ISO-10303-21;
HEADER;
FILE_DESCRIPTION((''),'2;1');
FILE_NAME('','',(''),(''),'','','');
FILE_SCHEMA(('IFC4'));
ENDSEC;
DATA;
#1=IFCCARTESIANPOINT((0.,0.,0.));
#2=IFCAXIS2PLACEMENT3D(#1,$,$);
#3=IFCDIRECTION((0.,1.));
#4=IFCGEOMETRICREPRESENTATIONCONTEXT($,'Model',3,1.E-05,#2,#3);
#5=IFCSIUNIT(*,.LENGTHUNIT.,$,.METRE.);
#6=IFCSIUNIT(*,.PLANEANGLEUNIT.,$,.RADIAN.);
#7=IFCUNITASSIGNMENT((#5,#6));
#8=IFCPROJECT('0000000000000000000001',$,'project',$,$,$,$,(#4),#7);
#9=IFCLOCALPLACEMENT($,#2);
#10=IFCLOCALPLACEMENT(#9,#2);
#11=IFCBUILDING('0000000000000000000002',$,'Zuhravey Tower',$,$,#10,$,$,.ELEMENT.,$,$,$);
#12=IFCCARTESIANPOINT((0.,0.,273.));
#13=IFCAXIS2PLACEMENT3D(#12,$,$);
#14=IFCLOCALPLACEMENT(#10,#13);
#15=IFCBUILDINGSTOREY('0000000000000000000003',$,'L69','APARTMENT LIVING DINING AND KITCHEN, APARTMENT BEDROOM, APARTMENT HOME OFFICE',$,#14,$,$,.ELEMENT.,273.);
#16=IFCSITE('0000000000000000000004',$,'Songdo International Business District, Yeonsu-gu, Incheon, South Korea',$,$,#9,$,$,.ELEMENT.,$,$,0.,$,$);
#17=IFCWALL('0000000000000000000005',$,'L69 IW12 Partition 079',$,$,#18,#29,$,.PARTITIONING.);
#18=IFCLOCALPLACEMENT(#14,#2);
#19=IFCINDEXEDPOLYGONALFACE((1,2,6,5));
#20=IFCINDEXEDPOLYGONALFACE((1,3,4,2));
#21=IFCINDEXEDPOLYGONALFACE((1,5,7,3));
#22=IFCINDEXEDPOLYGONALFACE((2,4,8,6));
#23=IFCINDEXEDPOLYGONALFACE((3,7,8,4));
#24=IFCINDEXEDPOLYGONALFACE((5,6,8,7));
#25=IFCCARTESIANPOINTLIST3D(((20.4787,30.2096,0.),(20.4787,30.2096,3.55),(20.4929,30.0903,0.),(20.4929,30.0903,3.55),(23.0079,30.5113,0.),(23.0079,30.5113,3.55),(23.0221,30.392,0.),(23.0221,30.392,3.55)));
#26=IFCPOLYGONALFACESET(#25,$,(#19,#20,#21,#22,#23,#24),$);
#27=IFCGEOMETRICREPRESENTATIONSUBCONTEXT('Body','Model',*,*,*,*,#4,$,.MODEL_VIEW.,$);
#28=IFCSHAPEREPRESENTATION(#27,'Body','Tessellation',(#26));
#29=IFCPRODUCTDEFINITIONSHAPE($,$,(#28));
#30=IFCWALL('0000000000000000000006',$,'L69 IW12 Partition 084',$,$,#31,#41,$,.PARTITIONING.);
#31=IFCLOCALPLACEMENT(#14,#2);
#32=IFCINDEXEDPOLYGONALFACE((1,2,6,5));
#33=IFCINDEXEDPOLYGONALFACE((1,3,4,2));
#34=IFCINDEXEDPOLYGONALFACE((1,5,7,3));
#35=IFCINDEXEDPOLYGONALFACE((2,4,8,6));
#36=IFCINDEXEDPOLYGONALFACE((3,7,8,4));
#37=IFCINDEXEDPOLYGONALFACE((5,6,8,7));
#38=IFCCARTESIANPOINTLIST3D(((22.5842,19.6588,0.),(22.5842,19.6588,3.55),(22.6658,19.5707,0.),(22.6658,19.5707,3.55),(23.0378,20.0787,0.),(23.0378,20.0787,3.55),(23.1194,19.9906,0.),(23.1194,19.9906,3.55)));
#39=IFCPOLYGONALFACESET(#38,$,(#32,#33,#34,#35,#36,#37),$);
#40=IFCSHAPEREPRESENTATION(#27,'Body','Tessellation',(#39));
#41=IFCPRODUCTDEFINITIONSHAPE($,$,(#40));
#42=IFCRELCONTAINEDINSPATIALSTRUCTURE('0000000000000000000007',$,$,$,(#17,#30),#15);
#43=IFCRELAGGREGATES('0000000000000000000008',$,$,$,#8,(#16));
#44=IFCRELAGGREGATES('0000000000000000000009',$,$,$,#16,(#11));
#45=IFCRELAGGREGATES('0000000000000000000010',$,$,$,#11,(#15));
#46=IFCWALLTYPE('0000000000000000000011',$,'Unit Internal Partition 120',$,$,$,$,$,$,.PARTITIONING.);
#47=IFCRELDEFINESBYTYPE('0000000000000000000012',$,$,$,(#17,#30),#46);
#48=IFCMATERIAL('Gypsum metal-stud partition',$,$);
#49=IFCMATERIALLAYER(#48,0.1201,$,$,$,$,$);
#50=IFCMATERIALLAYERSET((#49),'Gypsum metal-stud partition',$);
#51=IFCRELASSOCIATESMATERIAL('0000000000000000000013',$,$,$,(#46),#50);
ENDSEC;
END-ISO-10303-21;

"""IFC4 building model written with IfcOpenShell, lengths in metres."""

from ifc_helpers import new_model, si_unit, direction, frame, frame_2d, origin, place, context, subcontext, project, spatial, rectangle, extrude, material, layer, layer_set, type_object, element, save


model = new_model("IFC4")

# Units and contexts
model_context = context("Model", 3, precision=1e-05, world=origin(), true_north=direction((0.0, 1.0)))
body_context = subcontext(model_context, "Body", "Model", "MODEL_VIEW")
ifc_project = project(units=[si_unit("LENGTHUNIT", "METRE"), si_unit("PLANEANGLEUNIT", "RADIAN")], contexts=[model_context])

# Site, building, storey
site_placement = place(None, origin())
site = spatial("IfcSite", under=ifc_project, at=site_placement, Name="Songdo International Business District, Yeonsu-gu, Incheon, South Korea", CompositionType="ELEMENT", RefElevation=0.0)
building_placement = place(site_placement, origin())
building = spatial("IfcBuilding", under=site, at=building_placement, Name="Zuhravey Tower", CompositionType="ELEMENT")
storey_placement = place(building_placement, frame((0.0, 0.0, 273.0)))
storey = spatial("IfcBuildingStorey", under=building, at=storey_placement, Name="L69", Description="APARTMENT LIVING DINING AND KITCHEN, APARTMENT BEDROOM, APARTMENT HOME OFFICE", CompositionType="ELEMENT", Elevation=273.0)

# Shared definitions
ifc_material_1 = material(Name="Gypsum metal-stud partition")
ifc_layer_1 = layer(ifc_material_1, 0.1201)
ifc_layer_set_1 = layer_set([ifc_layer_1], Name="Gypsum metal-stud partition")
wall_type_1 = type_object("IfcWallType", Name="Unit Internal Partition 120", PredefinedType="PARTITIONING", material=ifc_layer_set_1)

# Walls
wall_1_placement = place(storey_placement, frame((23.0149, 30.4517, 0.0), z_axis=(0.0, 0.0, 1.0), x_axis=(-0.992958, -0.118465, 0.0)))
element("IfcWall", 1, at=wall_1_placement, inside=storey, type_object=wall_type_1, Name="L69 IW12 Partition 079", PredefinedType="PARTITIONING", context=body_context, shape_type="SweptSolid", body=[
    extrude(rectangle(XDim=2.5471, YDim=0.1201, at=frame_2d((1.2734, 0.0))), origin(), (0.0, 0.0, 1.0), 3.55),
])
wall_2_placement = place(storey_placement, frame((23.0786, 20.0347, 0.0), z_axis=(0.0, 0.0, 1.0), x_axis=(-0.733834, -0.679329, 0.0)))
element("IfcWall", 2, at=wall_2_placement, inside=storey, type_object=wall_type_1, Name="L69 IW12 Partition 084", PredefinedType="PARTITIONING", context=body_context, shape_type="SweptSolid", body=[
    extrude(rectangle(XDim=0.6182, YDim=0.1201, at=frame_2d((0.3091, 0.0))), origin(), (0.0, 0.0, 1.0), 3.55),
])

save(model, "model.ifc")
